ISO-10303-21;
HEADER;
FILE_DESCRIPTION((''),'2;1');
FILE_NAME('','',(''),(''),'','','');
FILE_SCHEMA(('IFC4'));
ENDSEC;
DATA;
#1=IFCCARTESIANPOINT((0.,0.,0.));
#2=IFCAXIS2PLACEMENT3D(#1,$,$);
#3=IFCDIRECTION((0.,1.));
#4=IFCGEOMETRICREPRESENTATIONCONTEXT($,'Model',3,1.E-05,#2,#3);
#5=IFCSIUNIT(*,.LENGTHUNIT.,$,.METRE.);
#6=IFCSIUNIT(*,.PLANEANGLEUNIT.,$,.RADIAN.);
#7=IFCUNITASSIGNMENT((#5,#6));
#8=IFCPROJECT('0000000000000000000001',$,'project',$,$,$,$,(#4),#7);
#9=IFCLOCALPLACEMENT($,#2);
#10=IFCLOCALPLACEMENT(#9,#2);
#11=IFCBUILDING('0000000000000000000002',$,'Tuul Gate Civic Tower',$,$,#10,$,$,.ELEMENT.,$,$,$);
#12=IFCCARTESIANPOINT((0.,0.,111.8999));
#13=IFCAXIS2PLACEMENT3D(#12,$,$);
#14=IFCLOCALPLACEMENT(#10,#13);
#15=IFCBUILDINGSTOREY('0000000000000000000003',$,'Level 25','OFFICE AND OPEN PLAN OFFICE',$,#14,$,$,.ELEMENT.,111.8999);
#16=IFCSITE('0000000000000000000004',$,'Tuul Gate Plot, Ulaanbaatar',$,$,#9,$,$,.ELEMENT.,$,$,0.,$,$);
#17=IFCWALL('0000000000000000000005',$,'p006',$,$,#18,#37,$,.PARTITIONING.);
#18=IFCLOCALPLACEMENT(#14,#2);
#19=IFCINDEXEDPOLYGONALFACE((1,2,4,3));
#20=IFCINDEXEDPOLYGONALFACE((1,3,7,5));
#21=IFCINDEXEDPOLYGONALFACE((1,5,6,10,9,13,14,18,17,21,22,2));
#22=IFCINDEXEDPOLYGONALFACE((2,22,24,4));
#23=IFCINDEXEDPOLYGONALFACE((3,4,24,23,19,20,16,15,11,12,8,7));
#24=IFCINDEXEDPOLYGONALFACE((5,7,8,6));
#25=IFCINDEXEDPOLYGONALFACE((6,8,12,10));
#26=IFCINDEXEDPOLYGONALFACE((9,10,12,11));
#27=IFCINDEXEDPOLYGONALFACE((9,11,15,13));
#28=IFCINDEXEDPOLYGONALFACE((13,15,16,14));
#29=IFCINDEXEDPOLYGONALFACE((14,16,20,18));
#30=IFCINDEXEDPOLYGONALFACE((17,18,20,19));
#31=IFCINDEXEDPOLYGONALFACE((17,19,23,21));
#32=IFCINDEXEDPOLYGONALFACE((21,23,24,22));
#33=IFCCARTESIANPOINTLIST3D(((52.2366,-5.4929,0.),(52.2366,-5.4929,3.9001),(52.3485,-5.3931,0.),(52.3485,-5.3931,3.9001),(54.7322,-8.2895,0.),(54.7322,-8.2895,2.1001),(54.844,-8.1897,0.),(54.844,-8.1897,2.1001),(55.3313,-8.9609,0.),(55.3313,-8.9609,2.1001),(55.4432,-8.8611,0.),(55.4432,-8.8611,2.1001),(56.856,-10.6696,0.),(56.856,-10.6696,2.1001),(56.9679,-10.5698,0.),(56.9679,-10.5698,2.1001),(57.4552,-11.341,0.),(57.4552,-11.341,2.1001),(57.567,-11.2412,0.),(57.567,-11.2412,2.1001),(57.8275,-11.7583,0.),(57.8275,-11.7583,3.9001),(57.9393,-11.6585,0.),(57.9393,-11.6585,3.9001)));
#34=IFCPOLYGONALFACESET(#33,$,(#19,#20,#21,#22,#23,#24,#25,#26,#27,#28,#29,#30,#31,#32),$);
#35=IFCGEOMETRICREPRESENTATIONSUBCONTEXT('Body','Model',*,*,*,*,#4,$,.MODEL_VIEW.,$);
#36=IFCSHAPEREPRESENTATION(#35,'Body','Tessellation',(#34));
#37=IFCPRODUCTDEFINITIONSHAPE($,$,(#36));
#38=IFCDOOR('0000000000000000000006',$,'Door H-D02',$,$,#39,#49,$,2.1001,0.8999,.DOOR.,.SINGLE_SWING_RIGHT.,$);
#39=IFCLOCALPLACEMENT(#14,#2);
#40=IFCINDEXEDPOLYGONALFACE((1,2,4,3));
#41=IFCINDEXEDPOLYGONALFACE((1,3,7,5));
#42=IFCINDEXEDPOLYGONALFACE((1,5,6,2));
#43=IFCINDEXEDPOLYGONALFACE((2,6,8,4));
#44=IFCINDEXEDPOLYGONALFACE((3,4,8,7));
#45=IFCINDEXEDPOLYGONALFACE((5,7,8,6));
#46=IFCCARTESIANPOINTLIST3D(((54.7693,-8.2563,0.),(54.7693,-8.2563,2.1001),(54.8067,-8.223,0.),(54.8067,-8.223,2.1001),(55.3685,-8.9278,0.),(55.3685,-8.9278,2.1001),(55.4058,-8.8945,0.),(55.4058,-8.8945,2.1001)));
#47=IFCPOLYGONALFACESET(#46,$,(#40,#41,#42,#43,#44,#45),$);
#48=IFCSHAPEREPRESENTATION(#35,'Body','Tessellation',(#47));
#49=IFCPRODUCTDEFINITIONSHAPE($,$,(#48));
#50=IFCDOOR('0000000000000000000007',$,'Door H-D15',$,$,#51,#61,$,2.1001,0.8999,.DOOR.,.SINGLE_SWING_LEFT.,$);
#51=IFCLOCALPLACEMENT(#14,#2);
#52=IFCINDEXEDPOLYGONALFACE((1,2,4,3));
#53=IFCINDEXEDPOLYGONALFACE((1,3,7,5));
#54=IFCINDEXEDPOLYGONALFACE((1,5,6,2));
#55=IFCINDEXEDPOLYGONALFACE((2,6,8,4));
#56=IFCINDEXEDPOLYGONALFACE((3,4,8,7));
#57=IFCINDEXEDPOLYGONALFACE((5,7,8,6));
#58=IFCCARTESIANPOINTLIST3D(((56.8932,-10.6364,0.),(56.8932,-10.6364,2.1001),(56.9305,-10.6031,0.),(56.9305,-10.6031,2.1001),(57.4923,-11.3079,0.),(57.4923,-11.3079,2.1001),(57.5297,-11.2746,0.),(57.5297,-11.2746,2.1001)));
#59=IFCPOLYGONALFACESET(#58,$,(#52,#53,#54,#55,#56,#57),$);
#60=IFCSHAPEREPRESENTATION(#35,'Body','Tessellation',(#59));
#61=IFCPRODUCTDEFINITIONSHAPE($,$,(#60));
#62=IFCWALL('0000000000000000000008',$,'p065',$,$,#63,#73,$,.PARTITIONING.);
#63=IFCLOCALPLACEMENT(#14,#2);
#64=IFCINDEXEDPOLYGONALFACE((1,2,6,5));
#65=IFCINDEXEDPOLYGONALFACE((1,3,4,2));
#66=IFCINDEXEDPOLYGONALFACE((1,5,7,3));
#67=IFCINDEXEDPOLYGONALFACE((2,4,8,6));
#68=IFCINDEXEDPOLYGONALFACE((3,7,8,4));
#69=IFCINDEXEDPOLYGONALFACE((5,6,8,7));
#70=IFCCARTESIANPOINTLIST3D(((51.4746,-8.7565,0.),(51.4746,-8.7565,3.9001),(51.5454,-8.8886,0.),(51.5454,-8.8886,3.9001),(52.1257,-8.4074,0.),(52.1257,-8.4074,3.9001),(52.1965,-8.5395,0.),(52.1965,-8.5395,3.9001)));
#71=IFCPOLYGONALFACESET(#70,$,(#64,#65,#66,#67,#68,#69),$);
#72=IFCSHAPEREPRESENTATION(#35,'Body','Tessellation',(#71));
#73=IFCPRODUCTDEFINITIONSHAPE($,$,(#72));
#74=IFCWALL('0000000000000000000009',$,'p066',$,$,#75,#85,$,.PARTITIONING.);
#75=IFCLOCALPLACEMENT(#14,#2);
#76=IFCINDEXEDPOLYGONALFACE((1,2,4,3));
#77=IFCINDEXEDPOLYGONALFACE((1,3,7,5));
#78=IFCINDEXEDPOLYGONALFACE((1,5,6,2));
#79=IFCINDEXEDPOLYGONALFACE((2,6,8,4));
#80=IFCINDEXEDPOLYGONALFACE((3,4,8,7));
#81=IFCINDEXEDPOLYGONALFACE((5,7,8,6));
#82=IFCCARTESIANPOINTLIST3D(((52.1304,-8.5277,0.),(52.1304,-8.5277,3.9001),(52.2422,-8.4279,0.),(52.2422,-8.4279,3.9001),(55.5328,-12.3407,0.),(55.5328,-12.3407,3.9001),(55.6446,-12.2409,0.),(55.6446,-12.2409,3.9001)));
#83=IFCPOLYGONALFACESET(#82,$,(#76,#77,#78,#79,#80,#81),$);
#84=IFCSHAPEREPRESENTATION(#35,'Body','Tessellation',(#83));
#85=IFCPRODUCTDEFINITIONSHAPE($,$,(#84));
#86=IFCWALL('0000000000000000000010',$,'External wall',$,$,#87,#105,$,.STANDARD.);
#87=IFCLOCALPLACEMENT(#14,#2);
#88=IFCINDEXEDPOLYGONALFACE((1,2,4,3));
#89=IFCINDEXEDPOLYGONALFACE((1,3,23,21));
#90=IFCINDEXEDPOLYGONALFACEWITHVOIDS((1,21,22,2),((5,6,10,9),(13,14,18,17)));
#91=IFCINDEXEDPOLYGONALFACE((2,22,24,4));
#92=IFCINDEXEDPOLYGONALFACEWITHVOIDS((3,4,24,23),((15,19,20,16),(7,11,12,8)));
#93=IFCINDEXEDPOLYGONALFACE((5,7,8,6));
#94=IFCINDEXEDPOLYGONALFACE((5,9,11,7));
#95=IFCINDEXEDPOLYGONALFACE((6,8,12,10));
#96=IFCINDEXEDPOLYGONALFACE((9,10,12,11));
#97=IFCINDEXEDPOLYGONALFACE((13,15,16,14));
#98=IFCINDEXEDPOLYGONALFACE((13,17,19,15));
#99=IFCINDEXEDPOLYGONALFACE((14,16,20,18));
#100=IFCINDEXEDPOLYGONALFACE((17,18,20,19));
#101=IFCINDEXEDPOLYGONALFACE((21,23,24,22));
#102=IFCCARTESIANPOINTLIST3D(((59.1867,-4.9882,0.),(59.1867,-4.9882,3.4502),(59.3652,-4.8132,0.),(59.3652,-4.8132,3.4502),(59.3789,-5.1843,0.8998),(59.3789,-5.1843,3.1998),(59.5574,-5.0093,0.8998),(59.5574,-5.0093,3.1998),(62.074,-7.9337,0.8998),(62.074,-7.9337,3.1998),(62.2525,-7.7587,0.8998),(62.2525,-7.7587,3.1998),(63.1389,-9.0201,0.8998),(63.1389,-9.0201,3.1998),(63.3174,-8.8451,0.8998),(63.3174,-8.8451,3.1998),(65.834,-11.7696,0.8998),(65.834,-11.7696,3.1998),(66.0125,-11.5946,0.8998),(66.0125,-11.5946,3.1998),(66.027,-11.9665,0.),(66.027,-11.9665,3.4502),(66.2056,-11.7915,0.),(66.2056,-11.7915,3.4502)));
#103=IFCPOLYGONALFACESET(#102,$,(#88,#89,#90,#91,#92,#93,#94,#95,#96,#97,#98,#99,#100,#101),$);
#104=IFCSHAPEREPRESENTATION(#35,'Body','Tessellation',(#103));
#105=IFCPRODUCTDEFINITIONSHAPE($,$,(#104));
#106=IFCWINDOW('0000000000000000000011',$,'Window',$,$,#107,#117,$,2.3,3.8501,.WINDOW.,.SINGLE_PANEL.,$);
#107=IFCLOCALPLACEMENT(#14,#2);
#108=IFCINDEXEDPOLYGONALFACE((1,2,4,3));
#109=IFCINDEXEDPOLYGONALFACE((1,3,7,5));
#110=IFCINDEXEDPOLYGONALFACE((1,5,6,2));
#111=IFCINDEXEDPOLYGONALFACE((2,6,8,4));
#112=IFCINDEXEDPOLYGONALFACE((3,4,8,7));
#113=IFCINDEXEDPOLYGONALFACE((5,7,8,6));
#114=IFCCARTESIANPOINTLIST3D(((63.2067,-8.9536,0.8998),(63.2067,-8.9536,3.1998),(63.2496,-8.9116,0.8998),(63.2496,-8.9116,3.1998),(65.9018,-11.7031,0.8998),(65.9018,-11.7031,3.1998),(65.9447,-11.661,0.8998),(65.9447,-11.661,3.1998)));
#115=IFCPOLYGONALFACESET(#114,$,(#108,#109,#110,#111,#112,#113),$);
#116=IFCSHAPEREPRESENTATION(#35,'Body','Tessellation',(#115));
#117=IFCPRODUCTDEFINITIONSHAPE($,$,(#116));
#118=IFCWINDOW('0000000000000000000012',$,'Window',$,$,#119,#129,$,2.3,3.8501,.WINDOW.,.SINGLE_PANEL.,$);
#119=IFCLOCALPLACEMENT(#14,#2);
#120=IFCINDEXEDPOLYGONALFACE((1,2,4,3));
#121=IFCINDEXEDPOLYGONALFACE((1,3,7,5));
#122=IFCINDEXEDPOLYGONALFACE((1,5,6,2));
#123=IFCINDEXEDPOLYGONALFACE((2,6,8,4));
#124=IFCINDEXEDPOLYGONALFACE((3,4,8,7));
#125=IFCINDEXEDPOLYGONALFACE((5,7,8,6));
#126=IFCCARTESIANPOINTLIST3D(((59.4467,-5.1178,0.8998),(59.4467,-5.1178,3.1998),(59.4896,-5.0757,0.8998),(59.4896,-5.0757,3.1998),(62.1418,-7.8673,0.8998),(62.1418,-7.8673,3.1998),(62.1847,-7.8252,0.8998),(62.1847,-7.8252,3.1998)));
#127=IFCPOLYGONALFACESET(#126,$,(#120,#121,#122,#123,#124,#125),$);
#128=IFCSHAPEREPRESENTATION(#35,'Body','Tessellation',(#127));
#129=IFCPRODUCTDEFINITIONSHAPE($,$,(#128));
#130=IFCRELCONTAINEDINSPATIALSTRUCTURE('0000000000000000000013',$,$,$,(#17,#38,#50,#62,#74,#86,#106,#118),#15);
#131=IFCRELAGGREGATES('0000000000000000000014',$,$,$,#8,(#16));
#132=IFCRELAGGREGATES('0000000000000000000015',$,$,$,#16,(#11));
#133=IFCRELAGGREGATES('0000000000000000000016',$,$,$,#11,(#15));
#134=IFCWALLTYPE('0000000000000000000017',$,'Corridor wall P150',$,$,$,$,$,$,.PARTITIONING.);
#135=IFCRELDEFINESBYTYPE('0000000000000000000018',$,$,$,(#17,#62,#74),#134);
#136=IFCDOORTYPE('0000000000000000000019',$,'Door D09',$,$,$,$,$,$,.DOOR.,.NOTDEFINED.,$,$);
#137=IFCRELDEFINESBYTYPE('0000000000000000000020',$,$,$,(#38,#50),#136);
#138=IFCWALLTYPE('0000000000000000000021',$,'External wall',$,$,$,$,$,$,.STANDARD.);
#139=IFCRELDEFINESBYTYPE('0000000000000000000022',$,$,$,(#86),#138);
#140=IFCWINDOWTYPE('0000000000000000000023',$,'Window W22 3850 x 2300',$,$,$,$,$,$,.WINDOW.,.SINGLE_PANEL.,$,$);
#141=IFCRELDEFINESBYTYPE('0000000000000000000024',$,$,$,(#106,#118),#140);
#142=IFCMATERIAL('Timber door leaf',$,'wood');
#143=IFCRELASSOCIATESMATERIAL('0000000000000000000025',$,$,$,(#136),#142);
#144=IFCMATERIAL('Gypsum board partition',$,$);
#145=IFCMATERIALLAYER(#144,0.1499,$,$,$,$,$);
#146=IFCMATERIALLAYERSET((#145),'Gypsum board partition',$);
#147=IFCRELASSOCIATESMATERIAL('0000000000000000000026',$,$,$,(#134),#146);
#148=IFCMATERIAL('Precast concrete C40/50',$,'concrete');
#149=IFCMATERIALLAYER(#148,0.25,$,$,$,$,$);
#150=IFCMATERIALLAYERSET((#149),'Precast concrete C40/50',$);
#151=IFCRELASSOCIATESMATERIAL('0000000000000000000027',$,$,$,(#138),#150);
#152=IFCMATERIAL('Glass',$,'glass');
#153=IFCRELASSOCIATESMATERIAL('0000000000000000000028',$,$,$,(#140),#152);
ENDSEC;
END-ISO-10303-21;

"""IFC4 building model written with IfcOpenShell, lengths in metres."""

from ifc_helpers import new_model, si_unit, direction, frame, frame_2d, origin, place, context, subcontext, project, spatial, rectangle, extrude, material, layer, layer_set, type_object, element, fill, save


model = new_model("IFC4")

# Units and contexts
model_context = context("Model", 3, precision=1e-05, world=origin(), true_north=direction((0.0, 1.0)))
body_context = subcontext(model_context, "Body", "Model", "MODEL_VIEW")
ifc_project = project(units=[si_unit("LENGTHUNIT", "METRE"), si_unit("PLANEANGLEUNIT", "RADIAN")], contexts=[model_context])

# Site, building, storey
site_placement = place(None, origin())
site = spatial("IfcSite", under=ifc_project, at=site_placement, Name="Tuul Gate Plot, Ulaanbaatar", CompositionType="ELEMENT", RefElevation=0.0)
building_placement = place(site_placement, origin())
building = spatial("IfcBuilding", under=site, at=building_placement, Name="Tuul Gate Civic Tower", CompositionType="ELEMENT")
storey_placement = place(building_placement, frame((0.0, 0.0, 111.8999)))
storey = spatial("IfcBuildingStorey", under=building, at=storey_placement, Name="Level 25", Description="OFFICE AND OPEN PLAN OFFICE", CompositionType="ELEMENT", Elevation=111.8999)

# Shared definitions
ifc_material_1 = material(Name="Timber door leaf", Category="wood")
door_type_1 = type_object("IfcDoorType", Name="Door D09", OperationType="NOTDEFINED", PredefinedType="DOOR", material=ifc_material_1)

# Shared definitions
ifc_material_2 = material(Name="Gypsum board partition")
ifc_layer_1 = layer(ifc_material_2, 0.1499)
ifc_layer_set_1 = layer_set([ifc_layer_1], Name="Gypsum board partition")
wall_type_1 = type_object("IfcWallType", Name="Corridor wall P150", PredefinedType="PARTITIONING", material=ifc_layer_set_1)

# Wall, openings, doors
wall_1_placement = place(storey_placement, frame((52.2925, -5.4429, 0.0), z_axis=(0.0, 0.0, 1.0), x_axis=(0.665799, -0.746131, 0.0)))
wall_1 = element("IfcWall", 1, at=wall_1_placement, inside=storey, type_object=wall_type_1, Name="p006", PredefinedType="PARTITIONING", context=body_context, shape_type="SweptSolid", body=[
    extrude(rectangle(XDim=8.3972, YDim=0.1499, at=frame_2d((4.1987, 0.0))), origin(), (0.0, 0.0, 1.0), 3.9001),
])
opening_1_placement = place(wall_1_placement, frame((3.7483, 0.0, 0.0)))
opening_1 = element("IfcOpeningElement", 2, at=opening_1_placement, cuts=wall_1, PredefinedType="OPENING", context=body_context, shape_type="SweptSolid", body=[
    extrude(rectangle(XDim=0.8999, YDim=2.1001, at=frame_2d((0.45, 1.05))), frame((0.0, 0.085, 0.0), z_axis=(0.0, -1.0, 0.0), x_axis=(1.0, 0.0, 0.0)), (0.0, 0.0, 1.0), 0.1699),
])
opening_2_placement = place(wall_1_placement, frame((6.9382, 0.0, 0.0)))
opening_2 = element("IfcOpeningElement", 3, at=opening_2_placement, cuts=wall_1, PredefinedType="OPENING", context=body_context, shape_type="SweptSolid", body=[
    extrude(rectangle(XDim=0.8999, YDim=2.1001, at=frame_2d((0.45, 1.05))), frame((0.0, 0.085, 0.0), z_axis=(0.0, -1.0, 0.0), x_axis=(1.0, 0.0, 0.0)), (0.0, 0.0, 1.0), 0.1699),
])
door_1_placement = place(opening_1_placement, origin())
door_1 = element("IfcDoor", 4, at=door_1_placement, inside=storey, type_object=door_type_1, Name="Door H-D02", OperationType="SINGLE_SWING_RIGHT", OverallHeight=2.1001, OverallWidth=0.8999, PredefinedType="DOOR", context=body_context, shape_type="SweptSolid", body=[
    extrude(rectangle(XDim=0.8999, YDim=2.1001, at=frame_2d((0.45, 1.05))), frame((0.0, 0.0249, 0.0), z_axis=(0.0, -1.0, 0.0), x_axis=(1.0, 0.0, 0.0)), (0.0, 0.0, 1.0), 0.05),
])
fill(opening_1, door_1)
door_2_placement = place(opening_2_placement, origin())
door_2 = element("IfcDoor", 5, at=door_2_placement, inside=storey, type_object=door_type_1, Name="Door H-D15", OperationType="SINGLE_SWING_LEFT", OverallHeight=2.1001, OverallWidth=0.8999, PredefinedType="DOOR", context=body_context, shape_type="SweptSolid", body=[
    extrude(rectangle(XDim=0.8999, YDim=2.1001, at=frame_2d((0.45, 1.05))), frame((0.0, 0.0249, 0.0), z_axis=(0.0, -1.0, 0.0), x_axis=(1.0, 0.0, 0.0)), (0.0, 0.0, 1.0), 0.05),
])
fill(opening_2, door_2)

# Walls
wall_2_placement = place(storey_placement, frame((51.51, -8.8225, 0.0), z_axis=(0.0, 0.0, 1.0), x_axis=(0.881308, 0.472542, 0.0)))
element("IfcWall", 6, at=wall_2_placement, inside=storey, type_object=wall_type_1, Name="p065", PredefinedType="PARTITIONING", context=body_context, shape_type="SweptSolid", body=[
    extrude(rectangle(XDim=0.7388, YDim=0.1499, at=frame_2d((0.3694, 0.0))), origin(), (0.0, 0.0, 1.0), 3.9001),
])
wall_3_placement = place(storey_placement, frame((52.1863, -8.4778, 0.0), z_axis=(0.0, 0.0, 1.0), x_axis=(0.665786, -0.746143, 0.0)))
element("IfcWall", 7, at=wall_3_placement, inside=storey, type_object=wall_type_1, Name="p066", PredefinedType="PARTITIONING", context=body_context, shape_type="SweptSolid", body=[
    extrude(rectangle(XDim=5.1104, YDim=0.1499, at=frame_2d((2.5552, 0.0))), origin(), (0.0, 0.0, 1.0), 3.9001),
])

# Wall, openings, windows
ifc_material_3 = material(Name="Precast concrete C40/50", Category="concrete")
ifc_layer_2 = layer(ifc_material_3, 0.25)
ifc_layer_set_2 = layer_set([ifc_layer_2], Name="Precast concrete C40/50")
wall_type_2 = type_object("IfcWallType", Name="External wall", PredefinedType="STANDARD", material=ifc_layer_set_2)
wall_4_placement = place(storey_placement, frame((66.1162, -11.8789, 0.0), z_axis=(0.0, 0.0, 1.0), x_axis=(-0.700013, 0.71413, 0.0)))
wall_4 = element("IfcWall", 8, at=wall_4_placement, inside=storey, type_object=wall_type_2, Name="External wall", PredefinedType="STANDARD", context=body_context, shape_type="SweptSolid", body=[
    extrude(rectangle(XDim=9.7717, YDim=0.25, at=frame_2d((4.8857, 0.0))), origin(), (0.0, 0.0, 1.0), 3.4502),
])
opening_3_placement = place(wall_4_placement, frame((0.2756, 0.0, 0.8999)))
opening_3 = element("IfcOpeningElement", 9, at=opening_3_placement, cuts=wall_4, PredefinedType="OPENING", context=body_context, shape_type="SweptSolid", body=[
    extrude(rectangle(XDim=3.8501, YDim=2.3, at=frame_2d((1.925, 1.1499))), frame((0.0, 0.135, 0.0), z_axis=(0.0, -1.0, 0.0), x_axis=(1.0, 0.0, 0.0)), (0.0, 0.0, 1.0), 0.27),
])
opening_4_placement = place(wall_4_placement, frame((5.647, 0.0, 0.8999)))
opening_4 = element("IfcOpeningElement", 10, at=opening_4_placement, cuts=wall_4, PredefinedType="OPENING", context=body_context, shape_type="SweptSolid", body=[
    extrude(rectangle(XDim=3.8501, YDim=2.3, at=frame_2d((1.925, 1.1499))), frame((0.0, 0.135, 0.0), z_axis=(0.0, -1.0, 0.0), x_axis=(1.0, 0.0, 0.0)), (0.0, 0.0, 1.0), 0.27),
])
ifc_material_4 = material(Name="Glass", Category="glass")
window_type = type_object("IfcWindowType", Name="Window W22 3850 x 2300", PartitioningType="SINGLE_PANEL", PredefinedType="WINDOW", material=ifc_material_4)
window_1_placement = place(opening_3_placement, origin())
window_1 = element("IfcWindow", 11, at=window_1_placement, inside=storey, type_object=window_type, Name="Window", OverallHeight=2.3, OverallWidth=3.8501, PartitioningType="SINGLE_PANEL", PredefinedType="WINDOW", context=body_context, shape_type="SweptSolid", body=[
    extrude(rectangle(XDim=3.8501, YDim=2.3, at=frame_2d((1.925, 1.1499))), frame((0.0, 0.03, 0.0), z_axis=(0.0, -1.0, 0.0), x_axis=(1.0, 0.0, 0.0)), (0.0, 0.0, 1.0), 0.0601),
])
fill(opening_3, window_1)
window_2_placement = place(opening_4_placement, origin())
window_2 = element("IfcWindow", 12, at=window_2_placement, inside=storey, type_object=window_type, Name="Window", OverallHeight=2.3, OverallWidth=3.8501, PartitioningType="SINGLE_PANEL", PredefinedType="WINDOW", context=body_context, shape_type="SweptSolid", body=[
    extrude(rectangle(XDim=3.8501, YDim=2.3, at=frame_2d((1.925, 1.1499))), frame((0.0, 0.03, 0.0), z_axis=(0.0, -1.0, 0.0), x_axis=(1.0, 0.0, 0.0)), (0.0, 0.0, 1.0), 0.0601),
])
fill(opening_4, window_2)

save(model, "model.ifc")
